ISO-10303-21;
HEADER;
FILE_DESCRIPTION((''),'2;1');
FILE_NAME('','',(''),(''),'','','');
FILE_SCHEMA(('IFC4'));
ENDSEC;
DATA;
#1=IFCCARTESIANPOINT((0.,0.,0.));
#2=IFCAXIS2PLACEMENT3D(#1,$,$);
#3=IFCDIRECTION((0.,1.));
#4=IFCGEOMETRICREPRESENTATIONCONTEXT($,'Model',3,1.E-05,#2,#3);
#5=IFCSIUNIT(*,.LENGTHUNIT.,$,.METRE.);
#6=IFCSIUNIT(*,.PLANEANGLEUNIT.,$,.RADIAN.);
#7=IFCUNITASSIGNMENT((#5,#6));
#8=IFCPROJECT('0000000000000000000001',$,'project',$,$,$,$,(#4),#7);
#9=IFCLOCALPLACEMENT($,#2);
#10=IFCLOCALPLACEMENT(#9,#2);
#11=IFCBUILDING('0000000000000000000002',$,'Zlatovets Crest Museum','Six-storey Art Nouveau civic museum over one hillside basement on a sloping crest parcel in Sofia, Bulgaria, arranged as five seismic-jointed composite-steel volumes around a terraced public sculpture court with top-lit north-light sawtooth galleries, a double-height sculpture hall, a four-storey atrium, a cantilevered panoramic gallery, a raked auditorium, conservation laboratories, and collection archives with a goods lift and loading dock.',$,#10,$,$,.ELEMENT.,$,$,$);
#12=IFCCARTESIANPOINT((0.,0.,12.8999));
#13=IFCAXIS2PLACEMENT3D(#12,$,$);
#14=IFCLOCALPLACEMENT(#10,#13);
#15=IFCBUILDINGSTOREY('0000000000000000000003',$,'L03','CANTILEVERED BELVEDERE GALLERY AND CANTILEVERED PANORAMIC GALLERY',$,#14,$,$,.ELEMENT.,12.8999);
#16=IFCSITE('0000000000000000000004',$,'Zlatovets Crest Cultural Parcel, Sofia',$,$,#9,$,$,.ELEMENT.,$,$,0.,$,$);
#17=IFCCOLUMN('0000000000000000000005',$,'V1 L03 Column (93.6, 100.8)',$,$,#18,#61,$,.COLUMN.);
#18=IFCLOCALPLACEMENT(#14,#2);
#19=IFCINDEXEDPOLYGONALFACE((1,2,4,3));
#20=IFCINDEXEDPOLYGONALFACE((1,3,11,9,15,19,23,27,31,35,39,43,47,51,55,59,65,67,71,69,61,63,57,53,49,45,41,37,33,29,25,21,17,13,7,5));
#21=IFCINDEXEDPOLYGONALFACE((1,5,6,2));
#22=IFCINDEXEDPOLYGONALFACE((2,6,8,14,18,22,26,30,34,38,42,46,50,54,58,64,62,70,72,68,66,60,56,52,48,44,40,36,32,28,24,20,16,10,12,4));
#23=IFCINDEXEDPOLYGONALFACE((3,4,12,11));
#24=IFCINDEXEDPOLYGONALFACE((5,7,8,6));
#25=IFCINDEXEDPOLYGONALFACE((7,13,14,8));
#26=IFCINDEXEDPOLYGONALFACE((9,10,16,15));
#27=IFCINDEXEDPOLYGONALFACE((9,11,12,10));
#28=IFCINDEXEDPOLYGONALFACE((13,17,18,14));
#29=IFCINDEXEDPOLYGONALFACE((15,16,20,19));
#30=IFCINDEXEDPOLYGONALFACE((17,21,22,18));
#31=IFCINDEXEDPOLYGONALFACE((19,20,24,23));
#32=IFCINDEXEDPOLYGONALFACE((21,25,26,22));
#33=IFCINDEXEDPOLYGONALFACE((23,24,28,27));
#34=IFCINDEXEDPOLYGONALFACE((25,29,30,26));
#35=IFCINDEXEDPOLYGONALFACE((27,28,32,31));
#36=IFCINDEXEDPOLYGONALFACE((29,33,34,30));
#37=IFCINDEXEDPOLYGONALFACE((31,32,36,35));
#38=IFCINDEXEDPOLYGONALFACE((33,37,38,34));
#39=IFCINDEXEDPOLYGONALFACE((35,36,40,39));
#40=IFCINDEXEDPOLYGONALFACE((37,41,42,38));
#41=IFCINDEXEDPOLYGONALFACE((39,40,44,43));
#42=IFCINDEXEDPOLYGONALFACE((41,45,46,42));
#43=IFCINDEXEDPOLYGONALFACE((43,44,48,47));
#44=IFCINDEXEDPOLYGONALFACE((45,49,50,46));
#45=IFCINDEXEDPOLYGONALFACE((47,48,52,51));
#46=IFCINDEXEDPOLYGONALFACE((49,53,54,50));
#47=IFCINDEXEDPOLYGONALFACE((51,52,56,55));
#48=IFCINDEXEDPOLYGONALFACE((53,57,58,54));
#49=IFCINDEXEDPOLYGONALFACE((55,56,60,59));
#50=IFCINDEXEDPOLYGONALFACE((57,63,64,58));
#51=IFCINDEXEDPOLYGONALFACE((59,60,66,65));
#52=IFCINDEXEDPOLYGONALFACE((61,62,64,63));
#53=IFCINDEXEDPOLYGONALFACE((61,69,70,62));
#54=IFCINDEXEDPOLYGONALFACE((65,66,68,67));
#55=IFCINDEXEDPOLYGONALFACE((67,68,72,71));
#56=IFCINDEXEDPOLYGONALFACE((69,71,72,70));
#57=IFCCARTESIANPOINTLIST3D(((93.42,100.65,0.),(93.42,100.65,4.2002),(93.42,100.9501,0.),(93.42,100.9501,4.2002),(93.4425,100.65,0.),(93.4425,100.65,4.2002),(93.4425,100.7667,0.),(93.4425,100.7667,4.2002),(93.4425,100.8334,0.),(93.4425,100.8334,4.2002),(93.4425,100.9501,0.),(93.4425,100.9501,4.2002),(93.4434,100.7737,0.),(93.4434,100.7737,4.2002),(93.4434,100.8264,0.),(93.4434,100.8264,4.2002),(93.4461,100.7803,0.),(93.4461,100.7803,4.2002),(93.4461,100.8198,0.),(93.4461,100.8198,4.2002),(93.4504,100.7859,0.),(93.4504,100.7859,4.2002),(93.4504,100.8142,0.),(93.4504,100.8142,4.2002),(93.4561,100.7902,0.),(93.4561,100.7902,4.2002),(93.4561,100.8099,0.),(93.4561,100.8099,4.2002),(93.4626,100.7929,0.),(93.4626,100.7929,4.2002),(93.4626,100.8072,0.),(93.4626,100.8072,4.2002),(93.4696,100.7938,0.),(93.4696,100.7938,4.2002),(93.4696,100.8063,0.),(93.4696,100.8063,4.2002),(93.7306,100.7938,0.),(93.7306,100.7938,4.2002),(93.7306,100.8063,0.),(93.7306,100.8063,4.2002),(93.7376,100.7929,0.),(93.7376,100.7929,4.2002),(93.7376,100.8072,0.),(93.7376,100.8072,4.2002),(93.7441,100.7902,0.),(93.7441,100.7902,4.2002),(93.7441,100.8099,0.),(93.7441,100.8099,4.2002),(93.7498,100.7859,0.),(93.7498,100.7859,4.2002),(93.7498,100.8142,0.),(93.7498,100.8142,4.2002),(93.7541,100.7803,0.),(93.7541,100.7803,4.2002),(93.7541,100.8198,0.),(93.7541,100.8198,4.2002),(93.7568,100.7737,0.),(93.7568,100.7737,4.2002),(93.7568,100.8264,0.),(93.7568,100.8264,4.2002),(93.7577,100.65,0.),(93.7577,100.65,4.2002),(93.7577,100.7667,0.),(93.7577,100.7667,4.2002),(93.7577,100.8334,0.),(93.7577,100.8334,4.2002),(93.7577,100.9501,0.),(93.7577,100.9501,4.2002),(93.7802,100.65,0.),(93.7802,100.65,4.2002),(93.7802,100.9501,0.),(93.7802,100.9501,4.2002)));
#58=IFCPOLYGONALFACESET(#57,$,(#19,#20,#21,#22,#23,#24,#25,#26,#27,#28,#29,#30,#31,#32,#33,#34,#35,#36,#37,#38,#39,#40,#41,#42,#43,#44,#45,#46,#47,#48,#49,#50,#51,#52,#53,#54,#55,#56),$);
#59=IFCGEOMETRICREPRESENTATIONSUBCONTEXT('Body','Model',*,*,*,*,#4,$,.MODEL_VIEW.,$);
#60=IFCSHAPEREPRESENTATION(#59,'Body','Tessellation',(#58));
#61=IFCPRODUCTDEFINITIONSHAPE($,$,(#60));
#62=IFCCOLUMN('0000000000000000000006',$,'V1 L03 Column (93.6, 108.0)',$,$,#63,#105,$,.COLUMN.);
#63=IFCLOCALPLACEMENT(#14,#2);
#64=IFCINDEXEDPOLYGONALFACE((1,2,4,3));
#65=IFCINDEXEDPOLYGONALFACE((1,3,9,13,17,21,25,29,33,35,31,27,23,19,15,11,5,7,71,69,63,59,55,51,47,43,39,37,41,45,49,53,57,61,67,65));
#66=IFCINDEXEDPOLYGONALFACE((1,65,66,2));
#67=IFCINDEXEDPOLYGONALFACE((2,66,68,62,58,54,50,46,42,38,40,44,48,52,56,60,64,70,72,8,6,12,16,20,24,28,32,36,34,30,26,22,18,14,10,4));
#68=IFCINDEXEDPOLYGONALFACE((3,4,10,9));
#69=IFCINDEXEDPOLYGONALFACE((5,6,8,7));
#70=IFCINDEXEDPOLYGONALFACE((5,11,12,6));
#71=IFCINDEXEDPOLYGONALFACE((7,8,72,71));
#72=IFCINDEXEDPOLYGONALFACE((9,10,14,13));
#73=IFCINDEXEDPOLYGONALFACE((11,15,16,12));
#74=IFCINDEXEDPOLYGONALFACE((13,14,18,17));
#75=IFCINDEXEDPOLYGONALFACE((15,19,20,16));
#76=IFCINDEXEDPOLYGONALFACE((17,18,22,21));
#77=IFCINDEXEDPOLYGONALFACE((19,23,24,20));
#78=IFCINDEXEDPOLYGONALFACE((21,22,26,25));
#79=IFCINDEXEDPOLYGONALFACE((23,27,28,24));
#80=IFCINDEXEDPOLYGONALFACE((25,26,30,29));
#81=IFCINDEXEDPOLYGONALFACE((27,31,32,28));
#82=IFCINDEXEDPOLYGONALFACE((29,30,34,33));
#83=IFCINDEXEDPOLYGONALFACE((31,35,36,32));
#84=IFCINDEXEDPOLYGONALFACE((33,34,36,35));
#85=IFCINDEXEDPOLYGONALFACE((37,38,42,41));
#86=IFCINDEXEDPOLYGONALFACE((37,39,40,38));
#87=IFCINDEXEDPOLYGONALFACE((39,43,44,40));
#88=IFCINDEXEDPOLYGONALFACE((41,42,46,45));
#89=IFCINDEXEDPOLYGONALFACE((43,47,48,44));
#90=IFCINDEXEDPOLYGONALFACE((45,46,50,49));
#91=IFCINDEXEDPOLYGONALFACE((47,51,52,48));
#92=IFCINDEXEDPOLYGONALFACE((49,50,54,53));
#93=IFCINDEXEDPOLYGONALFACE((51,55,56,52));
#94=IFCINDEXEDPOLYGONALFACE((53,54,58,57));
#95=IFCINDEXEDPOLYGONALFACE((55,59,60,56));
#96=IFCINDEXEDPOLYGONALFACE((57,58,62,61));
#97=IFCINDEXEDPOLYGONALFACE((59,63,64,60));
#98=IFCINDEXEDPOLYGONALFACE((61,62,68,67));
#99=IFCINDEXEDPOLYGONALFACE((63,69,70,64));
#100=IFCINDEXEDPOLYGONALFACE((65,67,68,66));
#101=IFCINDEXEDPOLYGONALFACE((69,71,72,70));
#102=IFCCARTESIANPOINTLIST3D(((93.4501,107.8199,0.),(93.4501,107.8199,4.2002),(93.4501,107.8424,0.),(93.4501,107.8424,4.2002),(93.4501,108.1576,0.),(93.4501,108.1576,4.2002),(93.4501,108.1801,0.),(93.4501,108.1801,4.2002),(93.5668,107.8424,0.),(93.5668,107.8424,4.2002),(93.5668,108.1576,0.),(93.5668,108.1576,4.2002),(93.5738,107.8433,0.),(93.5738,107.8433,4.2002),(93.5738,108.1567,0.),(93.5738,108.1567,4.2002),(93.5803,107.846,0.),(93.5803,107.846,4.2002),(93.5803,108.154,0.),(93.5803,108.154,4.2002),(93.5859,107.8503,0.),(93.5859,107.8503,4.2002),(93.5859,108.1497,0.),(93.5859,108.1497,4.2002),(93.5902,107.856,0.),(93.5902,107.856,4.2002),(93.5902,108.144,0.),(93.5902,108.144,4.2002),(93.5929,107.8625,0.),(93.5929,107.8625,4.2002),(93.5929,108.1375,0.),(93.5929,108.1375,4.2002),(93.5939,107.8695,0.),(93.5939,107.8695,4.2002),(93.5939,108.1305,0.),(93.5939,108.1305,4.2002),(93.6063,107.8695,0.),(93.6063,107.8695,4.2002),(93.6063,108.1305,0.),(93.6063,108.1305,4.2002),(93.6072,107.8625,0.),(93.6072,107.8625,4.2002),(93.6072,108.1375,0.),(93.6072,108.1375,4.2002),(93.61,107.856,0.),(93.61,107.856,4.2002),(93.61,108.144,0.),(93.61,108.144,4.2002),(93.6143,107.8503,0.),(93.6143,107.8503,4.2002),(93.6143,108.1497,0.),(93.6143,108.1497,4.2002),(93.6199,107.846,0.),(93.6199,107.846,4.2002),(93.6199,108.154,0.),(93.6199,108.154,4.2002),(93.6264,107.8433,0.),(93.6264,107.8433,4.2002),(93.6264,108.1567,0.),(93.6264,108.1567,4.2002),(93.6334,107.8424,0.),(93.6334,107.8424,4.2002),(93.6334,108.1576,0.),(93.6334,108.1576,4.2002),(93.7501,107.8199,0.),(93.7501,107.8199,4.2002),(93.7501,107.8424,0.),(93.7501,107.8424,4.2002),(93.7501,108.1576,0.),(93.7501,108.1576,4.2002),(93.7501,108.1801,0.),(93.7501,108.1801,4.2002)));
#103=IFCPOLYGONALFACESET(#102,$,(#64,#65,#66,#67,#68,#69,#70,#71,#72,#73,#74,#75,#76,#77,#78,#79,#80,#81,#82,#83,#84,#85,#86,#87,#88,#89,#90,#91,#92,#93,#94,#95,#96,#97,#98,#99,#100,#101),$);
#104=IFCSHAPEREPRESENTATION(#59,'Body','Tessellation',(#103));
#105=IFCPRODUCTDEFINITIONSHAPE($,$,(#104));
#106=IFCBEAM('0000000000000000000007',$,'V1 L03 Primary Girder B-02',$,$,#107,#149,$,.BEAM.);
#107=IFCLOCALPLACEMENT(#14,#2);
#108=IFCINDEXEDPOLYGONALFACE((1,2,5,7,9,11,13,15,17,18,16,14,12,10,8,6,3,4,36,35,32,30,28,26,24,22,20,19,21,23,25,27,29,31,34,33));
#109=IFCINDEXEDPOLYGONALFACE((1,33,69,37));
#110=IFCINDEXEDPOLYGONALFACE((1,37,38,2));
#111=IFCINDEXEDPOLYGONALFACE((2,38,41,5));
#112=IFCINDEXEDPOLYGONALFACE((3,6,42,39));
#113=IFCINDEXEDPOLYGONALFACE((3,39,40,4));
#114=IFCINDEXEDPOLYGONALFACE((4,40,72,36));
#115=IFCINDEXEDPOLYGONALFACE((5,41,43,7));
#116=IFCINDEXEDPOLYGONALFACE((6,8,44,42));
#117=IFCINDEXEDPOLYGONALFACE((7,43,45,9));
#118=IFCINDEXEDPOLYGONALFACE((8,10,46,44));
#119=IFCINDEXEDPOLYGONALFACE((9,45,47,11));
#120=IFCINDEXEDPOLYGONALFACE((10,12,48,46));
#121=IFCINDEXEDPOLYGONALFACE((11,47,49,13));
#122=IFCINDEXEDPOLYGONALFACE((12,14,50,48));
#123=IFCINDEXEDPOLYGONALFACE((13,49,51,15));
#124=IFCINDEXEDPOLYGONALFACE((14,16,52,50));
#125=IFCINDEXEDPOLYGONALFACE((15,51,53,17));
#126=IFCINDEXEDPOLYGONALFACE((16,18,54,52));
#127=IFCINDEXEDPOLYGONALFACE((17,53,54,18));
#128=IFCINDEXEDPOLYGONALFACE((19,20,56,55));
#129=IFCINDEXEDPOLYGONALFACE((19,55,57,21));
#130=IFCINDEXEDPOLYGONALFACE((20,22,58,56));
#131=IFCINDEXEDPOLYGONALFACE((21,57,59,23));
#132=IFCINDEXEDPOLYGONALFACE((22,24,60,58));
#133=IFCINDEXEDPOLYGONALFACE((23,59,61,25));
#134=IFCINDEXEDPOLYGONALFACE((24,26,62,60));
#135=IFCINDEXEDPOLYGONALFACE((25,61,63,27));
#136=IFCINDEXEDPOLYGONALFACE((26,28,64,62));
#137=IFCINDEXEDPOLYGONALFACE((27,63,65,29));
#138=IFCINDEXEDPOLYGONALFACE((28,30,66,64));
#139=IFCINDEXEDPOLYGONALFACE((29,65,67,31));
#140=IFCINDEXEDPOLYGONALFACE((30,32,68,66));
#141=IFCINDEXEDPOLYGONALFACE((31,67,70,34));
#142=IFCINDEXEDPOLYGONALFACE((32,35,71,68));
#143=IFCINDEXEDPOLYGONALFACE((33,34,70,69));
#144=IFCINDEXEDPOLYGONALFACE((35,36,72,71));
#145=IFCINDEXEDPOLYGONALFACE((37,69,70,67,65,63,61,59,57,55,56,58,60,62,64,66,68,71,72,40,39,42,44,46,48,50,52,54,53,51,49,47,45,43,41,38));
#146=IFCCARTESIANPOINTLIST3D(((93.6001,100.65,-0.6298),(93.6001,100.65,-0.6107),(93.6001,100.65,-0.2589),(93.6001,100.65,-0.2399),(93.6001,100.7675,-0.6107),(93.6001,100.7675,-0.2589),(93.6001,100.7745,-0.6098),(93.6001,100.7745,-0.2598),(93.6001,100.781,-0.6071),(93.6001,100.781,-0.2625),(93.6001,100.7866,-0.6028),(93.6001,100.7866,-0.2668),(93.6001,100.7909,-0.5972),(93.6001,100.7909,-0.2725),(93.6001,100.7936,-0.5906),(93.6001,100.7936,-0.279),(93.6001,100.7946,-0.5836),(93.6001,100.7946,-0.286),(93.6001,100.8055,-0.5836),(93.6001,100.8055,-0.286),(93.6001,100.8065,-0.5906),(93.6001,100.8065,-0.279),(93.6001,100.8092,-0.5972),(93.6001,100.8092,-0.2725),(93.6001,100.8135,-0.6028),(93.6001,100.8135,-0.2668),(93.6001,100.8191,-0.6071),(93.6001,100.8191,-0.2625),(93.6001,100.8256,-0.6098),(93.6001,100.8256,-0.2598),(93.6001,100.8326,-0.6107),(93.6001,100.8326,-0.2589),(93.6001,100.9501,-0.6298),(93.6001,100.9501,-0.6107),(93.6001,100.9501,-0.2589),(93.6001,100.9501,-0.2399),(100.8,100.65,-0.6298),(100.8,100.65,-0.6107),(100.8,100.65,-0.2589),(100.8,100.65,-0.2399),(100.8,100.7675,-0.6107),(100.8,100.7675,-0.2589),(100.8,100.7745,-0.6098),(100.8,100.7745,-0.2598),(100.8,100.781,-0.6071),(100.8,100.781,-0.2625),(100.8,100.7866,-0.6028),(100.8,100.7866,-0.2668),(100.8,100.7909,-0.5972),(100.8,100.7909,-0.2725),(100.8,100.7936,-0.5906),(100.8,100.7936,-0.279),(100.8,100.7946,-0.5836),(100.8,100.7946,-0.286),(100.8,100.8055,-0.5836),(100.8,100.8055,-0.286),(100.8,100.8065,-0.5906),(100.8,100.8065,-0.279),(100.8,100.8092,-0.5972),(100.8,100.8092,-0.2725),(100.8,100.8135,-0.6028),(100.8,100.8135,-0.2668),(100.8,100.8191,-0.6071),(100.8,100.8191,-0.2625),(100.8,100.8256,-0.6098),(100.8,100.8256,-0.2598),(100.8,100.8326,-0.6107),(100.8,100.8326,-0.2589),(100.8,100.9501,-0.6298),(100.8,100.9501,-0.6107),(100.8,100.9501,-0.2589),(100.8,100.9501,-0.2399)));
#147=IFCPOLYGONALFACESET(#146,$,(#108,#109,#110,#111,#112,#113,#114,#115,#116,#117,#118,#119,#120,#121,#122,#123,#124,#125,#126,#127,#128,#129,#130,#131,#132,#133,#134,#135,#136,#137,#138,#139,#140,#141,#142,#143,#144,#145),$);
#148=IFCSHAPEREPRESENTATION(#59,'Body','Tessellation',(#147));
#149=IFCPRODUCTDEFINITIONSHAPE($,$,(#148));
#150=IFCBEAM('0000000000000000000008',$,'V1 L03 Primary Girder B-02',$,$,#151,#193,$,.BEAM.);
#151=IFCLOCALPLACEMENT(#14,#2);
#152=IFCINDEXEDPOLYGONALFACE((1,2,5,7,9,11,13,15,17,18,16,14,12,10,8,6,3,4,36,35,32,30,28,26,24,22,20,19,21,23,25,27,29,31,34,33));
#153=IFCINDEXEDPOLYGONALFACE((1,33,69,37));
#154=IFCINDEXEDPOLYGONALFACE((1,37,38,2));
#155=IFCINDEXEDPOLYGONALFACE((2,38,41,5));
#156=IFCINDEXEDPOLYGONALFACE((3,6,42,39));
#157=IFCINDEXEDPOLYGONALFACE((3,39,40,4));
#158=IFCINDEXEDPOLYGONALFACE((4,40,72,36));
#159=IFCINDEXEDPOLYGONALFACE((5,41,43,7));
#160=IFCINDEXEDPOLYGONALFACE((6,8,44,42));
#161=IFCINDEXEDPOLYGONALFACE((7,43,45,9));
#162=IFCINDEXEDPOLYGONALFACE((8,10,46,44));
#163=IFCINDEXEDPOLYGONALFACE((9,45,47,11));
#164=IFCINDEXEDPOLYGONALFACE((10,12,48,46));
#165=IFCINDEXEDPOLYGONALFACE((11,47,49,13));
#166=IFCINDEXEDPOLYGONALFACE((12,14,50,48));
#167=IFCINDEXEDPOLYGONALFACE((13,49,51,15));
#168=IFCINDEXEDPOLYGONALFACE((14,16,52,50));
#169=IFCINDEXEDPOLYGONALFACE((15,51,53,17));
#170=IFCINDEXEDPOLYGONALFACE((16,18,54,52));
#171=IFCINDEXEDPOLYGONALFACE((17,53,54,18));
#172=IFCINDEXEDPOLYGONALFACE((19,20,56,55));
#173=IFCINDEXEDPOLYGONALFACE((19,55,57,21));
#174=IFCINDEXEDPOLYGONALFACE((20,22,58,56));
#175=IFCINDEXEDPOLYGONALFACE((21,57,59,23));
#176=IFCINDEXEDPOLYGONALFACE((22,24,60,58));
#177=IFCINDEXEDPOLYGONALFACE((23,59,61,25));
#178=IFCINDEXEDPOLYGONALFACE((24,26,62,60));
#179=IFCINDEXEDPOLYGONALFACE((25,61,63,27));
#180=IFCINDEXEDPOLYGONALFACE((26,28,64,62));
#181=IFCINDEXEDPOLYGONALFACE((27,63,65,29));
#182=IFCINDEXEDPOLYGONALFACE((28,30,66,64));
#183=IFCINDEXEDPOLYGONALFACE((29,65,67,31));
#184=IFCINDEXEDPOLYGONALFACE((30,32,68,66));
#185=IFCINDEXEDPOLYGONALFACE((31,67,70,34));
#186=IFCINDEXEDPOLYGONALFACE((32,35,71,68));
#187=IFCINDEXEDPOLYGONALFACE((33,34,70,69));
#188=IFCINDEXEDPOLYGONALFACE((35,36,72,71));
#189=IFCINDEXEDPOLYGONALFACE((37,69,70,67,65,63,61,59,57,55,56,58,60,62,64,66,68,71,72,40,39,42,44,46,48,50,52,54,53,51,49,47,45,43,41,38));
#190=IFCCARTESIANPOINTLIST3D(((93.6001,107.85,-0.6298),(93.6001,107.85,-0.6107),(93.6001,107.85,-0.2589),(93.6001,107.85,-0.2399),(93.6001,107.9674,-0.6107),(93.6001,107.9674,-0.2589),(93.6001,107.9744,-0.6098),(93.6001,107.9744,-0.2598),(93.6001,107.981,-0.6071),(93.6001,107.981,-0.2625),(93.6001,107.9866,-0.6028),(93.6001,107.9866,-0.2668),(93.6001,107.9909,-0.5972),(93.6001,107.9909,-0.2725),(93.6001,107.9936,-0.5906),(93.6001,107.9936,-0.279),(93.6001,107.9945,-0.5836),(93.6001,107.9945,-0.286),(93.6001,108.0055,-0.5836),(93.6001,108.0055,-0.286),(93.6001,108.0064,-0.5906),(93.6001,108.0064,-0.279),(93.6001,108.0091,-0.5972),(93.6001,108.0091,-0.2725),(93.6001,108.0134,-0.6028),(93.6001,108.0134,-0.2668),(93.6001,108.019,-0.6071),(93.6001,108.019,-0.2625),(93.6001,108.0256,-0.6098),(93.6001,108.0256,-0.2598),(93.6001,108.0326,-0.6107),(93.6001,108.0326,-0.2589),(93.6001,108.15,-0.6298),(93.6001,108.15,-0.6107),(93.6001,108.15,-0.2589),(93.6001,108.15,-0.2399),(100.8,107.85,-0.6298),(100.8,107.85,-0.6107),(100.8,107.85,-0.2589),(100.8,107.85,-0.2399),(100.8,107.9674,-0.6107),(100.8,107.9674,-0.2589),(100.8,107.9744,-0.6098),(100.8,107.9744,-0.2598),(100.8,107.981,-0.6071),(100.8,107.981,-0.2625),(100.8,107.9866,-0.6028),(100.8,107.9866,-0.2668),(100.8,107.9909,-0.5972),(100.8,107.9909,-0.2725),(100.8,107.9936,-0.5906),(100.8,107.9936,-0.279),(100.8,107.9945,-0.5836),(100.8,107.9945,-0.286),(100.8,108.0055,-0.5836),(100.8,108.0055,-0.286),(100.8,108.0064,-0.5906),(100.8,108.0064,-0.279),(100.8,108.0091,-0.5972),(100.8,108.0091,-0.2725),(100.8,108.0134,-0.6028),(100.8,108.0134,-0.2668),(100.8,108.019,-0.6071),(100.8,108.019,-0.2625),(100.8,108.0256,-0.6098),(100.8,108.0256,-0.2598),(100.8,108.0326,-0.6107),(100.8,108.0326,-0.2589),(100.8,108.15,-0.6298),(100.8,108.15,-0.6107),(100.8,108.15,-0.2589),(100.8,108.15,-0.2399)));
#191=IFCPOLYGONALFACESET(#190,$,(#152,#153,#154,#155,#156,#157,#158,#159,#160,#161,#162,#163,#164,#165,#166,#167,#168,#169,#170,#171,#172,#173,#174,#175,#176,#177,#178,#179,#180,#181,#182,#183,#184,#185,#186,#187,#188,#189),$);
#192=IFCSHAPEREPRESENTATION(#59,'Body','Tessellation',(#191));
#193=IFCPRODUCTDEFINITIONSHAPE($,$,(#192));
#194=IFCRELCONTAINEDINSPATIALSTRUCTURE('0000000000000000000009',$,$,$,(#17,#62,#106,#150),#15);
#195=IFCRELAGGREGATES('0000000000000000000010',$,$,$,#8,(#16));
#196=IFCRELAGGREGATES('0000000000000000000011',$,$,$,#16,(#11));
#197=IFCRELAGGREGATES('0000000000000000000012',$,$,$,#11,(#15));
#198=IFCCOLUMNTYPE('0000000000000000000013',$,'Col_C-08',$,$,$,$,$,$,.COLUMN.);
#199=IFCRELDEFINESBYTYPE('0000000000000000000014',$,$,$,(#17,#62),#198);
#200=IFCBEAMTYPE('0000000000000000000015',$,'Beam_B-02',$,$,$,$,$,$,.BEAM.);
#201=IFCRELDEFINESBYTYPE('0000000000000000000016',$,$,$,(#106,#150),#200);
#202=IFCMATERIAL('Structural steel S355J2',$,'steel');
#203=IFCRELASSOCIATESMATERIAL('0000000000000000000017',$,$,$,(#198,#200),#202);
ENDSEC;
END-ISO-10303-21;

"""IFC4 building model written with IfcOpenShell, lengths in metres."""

from ifc_helpers import new_model, si_unit, direction, frame, origin, origin_2d, place, context, subcontext, project, spatial, i_section, extrude, material, material_profile, profile_set, type_object, element, save


model = new_model("IFC4")

# Units and contexts
model_context = context("Model", 3, precision=1e-05, world=origin(), true_north=direction((0.0, 1.0)))
body_context = subcontext(model_context, "Body", "Model", "MODEL_VIEW")
ifc_project = project(units=[si_unit("LENGTHUNIT", "METRE"), si_unit("PLANEANGLEUNIT", "RADIAN")], contexts=[model_context])

# Site, building, storey
site_placement = place(None, origin())
site = spatial("IfcSite", under=ifc_project, at=site_placement, Name="Zlatovets Crest Cultural Parcel, Sofia", CompositionType="ELEMENT", RefElevation=0.0)
building_placement = place(site_placement, origin())
building = spatial("IfcBuilding", under=site, at=building_placement, Name="Zlatovets Crest Museum", Description="Six-storey Art Nouveau civic museum over one hillside basement on a sloping crest parcel in Sofia, Bulgaria, arranged as five seismic-jointed composite-steel volumes around a terraced public sculpture court with top-lit north-light sawtooth galleries, a double-height sculpture hall, a four-storey atrium, a cantilevered panoramic gallery, a raked auditorium, conservation laboratories, and collection archives with a goods lift and loading dock.", CompositionType="ELEMENT")
storey_placement = place(building_placement, frame((0.0, 0.0, 12.8999)))
storey = spatial("IfcBuildingStorey", under=building, at=storey_placement, Name="L03", Description="CANTILEVERED BELVEDERE GALLERY AND CANTILEVERED PANORAMIC GALLERY", CompositionType="ELEMENT", Elevation=12.8999)

# Columns
ifc_material_1 = material(Name="Structural steel S355J2", Category="steel")
ifc_material_profile_1 = material_profile(ifc_material_1, i_section(OverallWidth=0.3, OverallDepth=0.3601, WebThickness=0.0125, FlangeThickness=0.0225, FilletRadius=0.0271, at=origin_2d()), Name="HEB 360")
ifc_profile_set_1 = profile_set([ifc_material_profile_1], Name="Structural steel S355J2")
column_type = type_object("IfcColumnType", Name="Col_C-08", PredefinedType="COLUMN", material=ifc_profile_set_1)
for number, where, z_axis, x_axis, name in (
    (1, (93.6001, 100.8, 0.0), (0.0, 0.0, 1.0), (0.0, 1.0, 0.0), "V1 L03 Column (93.6, 100.8)"),
    (2, (93.6001, 108.0, 0.0), (0.0, 0.0, 1.0), (1.0, 0.0, 0.0), "V1 L03 Column (93.6, 108.0)"),
):
    element("IfcColumn", number, at=place(storey_placement, frame(where, z_axis=z_axis, x_axis=x_axis)), inside=storey, type_object=column_type, Name=name, PredefinedType="COLUMN", context=body_context, shape_type="SweptSolid", body=[
        extrude(i_section(OverallWidth=0.3, OverallDepth=0.3601, WebThickness=0.0125, FlangeThickness=0.0225, FilletRadius=0.0271, at=origin_2d()), origin(), (0.0, 0.0, 1.0), 4.2002),
    ])

# Beams
ifc_material_profile_2 = material_profile(ifc_material_1, i_section(OverallWidth=0.3, OverallDepth=0.3899, WebThickness=0.011, FlangeThickness=0.019, FilletRadius=0.0271, at=origin_2d()), Name="HEA 400")
ifc_profile_set_2 = profile_set([ifc_material_profile_2], Name="Structural steel S355J2")
beam_type_1 = type_object("IfcBeamType", Name="Beam_B-02", PredefinedType="BEAM", material=ifc_profile_set_2)
for number, where, z_axis, x_axis, name in (
    (3, (93.6001, 100.8, -0.4348), (1.0, 0.0, 0.0), (0.0, 1.0, 0.0), "V1 L03 Primary Girder B-02"),
    (4, (93.6001, 108.0, -0.4348), (1.0, 0.0, 0.0), (0.0, 1.0, 0.0), "V1 L03 Primary Girder B-02"),
):
    element("IfcBeam", number, at=place(storey_placement, frame(where, z_axis=z_axis, x_axis=x_axis)), inside=storey, type_object=beam_type_1, Name=name, PredefinedType="BEAM", context=body_context, shape_type="SweptSolid", body=[
        extrude(i_section(OverallWidth=0.3, OverallDepth=0.3899, WebThickness=0.011, FlangeThickness=0.019, FilletRadius=0.0271, at=origin_2d()), origin(), (0.0, 0.0, 1.0), 7.2),
    ])

save(model, "model.ifc")
